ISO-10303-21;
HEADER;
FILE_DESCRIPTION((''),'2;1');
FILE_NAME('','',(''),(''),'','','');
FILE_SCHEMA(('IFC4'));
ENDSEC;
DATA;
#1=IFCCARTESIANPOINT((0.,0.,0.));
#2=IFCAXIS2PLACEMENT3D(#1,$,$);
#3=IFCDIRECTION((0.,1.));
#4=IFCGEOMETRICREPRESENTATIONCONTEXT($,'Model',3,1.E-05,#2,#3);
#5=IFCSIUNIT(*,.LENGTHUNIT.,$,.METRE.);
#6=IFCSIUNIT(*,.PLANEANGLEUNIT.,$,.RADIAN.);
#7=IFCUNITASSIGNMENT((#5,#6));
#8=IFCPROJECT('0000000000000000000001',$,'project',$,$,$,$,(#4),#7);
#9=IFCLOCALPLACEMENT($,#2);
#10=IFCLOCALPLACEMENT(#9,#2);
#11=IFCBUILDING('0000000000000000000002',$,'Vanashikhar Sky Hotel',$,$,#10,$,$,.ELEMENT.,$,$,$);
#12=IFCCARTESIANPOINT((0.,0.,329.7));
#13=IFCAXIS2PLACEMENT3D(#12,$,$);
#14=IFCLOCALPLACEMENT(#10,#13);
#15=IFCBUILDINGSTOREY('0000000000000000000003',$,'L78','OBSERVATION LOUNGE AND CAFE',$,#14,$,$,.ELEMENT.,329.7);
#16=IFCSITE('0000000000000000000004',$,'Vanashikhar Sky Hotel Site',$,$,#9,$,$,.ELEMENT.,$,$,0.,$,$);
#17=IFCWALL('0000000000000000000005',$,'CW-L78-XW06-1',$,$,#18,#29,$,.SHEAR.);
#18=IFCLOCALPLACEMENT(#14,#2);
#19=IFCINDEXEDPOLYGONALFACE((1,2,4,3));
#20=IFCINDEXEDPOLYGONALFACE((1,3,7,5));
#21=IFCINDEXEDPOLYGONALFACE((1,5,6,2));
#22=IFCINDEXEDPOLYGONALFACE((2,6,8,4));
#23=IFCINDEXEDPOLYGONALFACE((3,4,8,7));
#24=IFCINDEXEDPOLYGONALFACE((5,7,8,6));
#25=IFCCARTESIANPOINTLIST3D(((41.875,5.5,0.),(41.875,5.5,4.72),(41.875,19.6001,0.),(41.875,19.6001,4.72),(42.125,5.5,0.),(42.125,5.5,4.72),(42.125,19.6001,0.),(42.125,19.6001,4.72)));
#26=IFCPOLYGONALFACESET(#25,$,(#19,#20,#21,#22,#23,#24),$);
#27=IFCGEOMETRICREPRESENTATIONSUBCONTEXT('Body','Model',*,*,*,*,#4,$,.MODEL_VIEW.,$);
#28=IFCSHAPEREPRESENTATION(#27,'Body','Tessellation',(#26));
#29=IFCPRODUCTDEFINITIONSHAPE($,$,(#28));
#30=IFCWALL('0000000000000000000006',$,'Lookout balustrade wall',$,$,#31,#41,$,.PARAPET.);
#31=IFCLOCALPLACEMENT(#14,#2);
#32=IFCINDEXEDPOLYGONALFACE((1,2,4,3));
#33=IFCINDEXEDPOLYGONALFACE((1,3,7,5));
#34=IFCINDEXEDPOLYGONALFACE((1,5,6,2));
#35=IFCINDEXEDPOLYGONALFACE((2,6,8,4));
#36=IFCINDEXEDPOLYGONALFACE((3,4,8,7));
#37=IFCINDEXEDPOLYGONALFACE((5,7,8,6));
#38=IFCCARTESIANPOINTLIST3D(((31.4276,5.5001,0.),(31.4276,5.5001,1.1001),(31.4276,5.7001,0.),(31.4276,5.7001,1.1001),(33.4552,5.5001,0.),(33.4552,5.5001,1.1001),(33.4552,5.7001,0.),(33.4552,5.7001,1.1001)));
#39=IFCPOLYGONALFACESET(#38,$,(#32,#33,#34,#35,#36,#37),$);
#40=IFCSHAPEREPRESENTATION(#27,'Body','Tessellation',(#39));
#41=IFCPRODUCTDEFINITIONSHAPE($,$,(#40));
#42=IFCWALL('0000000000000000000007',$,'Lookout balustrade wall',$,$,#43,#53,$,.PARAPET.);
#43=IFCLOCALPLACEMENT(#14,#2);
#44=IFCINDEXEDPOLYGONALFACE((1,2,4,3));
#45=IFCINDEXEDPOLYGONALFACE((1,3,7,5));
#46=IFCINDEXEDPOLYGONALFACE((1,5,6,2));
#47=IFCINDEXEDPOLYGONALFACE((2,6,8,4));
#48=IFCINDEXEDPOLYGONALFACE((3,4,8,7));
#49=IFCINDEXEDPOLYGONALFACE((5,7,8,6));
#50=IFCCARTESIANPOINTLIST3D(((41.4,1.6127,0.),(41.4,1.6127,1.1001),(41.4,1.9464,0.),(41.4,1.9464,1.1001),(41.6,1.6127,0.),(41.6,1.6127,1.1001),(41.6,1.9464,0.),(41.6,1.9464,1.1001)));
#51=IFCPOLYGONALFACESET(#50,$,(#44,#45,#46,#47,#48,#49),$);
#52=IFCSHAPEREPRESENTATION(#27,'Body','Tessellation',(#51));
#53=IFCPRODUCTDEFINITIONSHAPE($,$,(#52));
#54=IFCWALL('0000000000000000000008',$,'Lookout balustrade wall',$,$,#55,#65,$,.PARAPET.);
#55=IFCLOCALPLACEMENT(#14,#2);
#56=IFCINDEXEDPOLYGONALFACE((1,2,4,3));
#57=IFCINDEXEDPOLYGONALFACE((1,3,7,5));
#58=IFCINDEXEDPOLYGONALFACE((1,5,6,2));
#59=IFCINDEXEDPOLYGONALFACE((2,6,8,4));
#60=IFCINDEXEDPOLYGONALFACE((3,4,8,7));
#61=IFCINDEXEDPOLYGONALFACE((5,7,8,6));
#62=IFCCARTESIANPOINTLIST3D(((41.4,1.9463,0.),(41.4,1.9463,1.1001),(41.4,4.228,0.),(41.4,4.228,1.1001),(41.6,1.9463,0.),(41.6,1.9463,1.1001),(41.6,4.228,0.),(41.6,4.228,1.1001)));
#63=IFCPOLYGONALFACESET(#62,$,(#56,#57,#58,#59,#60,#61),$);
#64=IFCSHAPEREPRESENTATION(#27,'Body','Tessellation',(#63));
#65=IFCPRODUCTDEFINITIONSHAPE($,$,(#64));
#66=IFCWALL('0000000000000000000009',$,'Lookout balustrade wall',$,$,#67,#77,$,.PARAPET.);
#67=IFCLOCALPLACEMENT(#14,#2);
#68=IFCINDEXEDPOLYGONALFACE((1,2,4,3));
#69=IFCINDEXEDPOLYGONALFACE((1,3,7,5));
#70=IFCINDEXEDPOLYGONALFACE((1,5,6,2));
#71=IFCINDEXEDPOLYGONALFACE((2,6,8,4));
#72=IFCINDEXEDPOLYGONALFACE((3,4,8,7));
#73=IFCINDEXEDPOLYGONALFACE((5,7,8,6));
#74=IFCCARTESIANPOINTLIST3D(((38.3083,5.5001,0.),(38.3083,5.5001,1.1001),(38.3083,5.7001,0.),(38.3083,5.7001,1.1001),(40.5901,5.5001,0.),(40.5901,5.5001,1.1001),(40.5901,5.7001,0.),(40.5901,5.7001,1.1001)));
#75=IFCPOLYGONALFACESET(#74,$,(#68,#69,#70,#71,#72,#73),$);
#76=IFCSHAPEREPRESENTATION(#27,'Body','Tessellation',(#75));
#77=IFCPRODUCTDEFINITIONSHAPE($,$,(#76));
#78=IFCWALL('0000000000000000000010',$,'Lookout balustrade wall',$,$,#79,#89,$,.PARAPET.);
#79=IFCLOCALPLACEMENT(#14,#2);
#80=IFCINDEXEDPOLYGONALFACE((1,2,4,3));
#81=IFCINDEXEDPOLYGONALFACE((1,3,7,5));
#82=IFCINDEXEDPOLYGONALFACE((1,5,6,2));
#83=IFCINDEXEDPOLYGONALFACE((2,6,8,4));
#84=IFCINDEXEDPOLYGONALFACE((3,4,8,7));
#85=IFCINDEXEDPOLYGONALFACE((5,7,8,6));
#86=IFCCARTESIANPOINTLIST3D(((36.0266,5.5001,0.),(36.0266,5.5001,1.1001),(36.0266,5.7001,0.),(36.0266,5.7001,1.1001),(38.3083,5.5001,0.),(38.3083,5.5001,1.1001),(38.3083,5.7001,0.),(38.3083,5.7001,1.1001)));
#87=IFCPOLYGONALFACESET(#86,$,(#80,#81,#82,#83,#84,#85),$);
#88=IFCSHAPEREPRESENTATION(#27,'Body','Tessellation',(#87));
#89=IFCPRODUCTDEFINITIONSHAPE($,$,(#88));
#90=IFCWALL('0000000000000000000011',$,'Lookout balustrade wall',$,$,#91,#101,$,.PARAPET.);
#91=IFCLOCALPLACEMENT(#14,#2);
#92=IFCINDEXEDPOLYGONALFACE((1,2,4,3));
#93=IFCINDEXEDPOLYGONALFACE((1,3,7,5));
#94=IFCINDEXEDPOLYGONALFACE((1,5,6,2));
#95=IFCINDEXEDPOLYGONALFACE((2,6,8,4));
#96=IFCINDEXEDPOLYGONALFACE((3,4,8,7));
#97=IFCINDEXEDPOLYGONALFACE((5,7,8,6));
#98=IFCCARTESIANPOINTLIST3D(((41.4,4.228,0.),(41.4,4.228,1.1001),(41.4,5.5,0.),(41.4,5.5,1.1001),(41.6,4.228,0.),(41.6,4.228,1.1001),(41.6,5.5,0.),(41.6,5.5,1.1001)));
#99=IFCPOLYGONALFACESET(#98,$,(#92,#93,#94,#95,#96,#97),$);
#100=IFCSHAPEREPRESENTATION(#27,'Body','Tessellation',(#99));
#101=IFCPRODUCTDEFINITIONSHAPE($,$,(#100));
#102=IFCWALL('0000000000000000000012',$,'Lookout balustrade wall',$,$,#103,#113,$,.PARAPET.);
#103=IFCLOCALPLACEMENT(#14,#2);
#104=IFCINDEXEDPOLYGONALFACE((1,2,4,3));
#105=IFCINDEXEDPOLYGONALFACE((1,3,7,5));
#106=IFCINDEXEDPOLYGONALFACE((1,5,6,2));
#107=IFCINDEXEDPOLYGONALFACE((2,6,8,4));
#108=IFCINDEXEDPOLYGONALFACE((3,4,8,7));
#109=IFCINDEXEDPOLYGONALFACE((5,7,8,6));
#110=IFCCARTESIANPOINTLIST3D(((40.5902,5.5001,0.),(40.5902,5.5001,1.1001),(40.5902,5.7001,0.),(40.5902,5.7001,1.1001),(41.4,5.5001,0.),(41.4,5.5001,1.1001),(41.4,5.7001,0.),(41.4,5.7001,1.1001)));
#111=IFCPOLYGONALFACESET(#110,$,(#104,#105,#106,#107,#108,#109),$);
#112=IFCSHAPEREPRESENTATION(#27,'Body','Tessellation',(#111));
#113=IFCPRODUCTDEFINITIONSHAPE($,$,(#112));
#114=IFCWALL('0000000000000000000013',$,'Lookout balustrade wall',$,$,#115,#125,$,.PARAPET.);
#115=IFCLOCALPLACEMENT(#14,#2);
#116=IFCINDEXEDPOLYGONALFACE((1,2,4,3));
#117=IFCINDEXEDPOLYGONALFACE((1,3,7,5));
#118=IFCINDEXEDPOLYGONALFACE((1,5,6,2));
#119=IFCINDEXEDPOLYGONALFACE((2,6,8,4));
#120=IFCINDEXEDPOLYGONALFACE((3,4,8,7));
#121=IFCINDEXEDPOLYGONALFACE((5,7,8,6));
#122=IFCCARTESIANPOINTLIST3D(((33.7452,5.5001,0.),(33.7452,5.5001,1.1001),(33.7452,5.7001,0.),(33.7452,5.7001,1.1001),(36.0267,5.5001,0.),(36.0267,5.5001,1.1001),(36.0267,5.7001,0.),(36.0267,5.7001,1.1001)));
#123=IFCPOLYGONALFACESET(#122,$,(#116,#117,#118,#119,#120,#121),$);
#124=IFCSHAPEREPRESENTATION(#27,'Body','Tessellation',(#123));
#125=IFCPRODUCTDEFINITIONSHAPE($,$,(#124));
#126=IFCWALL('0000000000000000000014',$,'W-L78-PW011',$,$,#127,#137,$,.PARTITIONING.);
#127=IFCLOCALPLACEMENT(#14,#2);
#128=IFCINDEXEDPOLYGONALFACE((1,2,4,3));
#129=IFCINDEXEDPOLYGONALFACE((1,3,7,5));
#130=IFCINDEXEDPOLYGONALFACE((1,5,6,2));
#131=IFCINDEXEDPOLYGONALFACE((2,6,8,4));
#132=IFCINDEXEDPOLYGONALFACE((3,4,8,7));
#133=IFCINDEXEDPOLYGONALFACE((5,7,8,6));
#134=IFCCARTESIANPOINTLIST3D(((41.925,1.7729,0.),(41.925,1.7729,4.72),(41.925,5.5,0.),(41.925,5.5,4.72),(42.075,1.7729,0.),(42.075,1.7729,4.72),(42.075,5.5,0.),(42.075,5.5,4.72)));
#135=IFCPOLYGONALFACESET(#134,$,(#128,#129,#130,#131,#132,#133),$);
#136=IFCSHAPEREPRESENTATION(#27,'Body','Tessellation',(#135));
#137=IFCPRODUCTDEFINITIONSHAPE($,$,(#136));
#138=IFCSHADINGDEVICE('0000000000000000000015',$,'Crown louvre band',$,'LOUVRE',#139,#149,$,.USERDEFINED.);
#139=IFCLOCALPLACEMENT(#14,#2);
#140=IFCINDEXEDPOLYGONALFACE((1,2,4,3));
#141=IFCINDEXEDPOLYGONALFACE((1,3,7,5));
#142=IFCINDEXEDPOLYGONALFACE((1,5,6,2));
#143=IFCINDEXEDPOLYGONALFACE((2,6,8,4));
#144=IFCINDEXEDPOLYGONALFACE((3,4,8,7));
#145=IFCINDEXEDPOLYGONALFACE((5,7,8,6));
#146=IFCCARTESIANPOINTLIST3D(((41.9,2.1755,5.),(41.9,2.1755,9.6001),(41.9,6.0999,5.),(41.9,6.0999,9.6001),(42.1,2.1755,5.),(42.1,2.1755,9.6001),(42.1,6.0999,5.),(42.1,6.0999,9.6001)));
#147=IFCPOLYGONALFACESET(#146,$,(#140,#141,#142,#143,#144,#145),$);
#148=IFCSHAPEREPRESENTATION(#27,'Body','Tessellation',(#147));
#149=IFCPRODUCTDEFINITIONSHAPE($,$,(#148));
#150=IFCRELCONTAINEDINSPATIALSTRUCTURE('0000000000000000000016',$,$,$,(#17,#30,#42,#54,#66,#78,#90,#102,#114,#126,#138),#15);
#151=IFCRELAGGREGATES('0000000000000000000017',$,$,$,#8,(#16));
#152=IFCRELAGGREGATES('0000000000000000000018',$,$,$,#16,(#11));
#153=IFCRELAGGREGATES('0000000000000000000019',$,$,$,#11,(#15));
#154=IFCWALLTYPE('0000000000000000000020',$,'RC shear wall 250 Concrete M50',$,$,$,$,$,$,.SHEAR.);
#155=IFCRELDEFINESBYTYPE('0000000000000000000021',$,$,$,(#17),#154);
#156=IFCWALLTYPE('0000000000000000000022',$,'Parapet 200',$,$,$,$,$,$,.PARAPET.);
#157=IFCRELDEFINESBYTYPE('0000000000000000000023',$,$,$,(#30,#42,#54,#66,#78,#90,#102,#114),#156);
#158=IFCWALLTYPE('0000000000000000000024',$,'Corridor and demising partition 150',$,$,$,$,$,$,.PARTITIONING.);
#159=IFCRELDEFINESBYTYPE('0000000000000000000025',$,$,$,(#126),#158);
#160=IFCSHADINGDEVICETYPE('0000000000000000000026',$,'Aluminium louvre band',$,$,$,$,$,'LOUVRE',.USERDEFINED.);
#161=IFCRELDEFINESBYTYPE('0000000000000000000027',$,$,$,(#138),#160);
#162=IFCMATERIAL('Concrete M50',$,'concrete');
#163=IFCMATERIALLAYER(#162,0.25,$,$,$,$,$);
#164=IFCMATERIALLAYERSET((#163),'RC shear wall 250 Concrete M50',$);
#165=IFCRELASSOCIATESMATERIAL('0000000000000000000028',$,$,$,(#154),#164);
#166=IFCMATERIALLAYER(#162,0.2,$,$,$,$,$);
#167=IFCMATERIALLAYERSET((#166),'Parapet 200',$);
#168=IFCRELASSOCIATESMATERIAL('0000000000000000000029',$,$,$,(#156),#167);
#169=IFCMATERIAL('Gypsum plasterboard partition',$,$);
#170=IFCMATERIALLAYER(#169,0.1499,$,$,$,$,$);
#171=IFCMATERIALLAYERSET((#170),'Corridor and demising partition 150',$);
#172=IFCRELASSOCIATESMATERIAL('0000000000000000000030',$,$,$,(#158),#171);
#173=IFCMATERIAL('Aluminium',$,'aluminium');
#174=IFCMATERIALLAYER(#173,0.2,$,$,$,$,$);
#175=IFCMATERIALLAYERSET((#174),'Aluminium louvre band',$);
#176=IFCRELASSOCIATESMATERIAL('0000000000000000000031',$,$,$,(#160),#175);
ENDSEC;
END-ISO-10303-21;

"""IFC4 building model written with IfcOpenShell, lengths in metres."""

from ifc_helpers import new_model, si_unit, direction, frame, frame_2d, origin, origin_2d, place, context, subcontext, project, spatial, rectangle, extrude, source, transform, mapped, material, layer, layer_set, type_object, element, save


model = new_model("IFC4")

# Units and contexts
model_context = context("Model", 3, precision=1e-05, world=origin(), true_north=direction((0.0, 1.0)))
body_context = subcontext(model_context, "Body", "Model", "MODEL_VIEW")
ifc_project = project(units=[si_unit("LENGTHUNIT", "METRE"), si_unit("PLANEANGLEUNIT", "RADIAN")], contexts=[model_context])

# Site, building, storey
site_placement = place(None, origin())
site = spatial("IfcSite", under=ifc_project, at=site_placement, Name="Vanashikhar Sky Hotel Site", CompositionType="ELEMENT", RefElevation=0.0)
building_placement = place(site_placement, origin())
building = spatial("IfcBuilding", under=site, at=building_placement, Name="Vanashikhar Sky Hotel", CompositionType="ELEMENT")
storey_placement = place(building_placement, frame((0.0, 0.0, 329.7)))
storey = spatial("IfcBuildingStorey", under=building, at=storey_placement, Name="L78", Description="OBSERVATION LOUNGE AND CAFE", CompositionType="ELEMENT", Elevation=329.7)

# Walls
ifc_material_1 = material(Name="Concrete M50", Category="concrete")
ifc_layer_1 = layer(ifc_material_1, 0.25)
ifc_layer_set_1 = layer_set([ifc_layer_1], Name="RC shear wall 250 Concrete M50")
wall_type_1 = type_object("IfcWallType", Name="RC shear wall 250 Concrete M50", PredefinedType="SHEAR", material=ifc_layer_set_1)
shared_shape_1 = source(origin(), body_context, "Body", "SweptSolid", [
    extrude(rectangle(XDim=14.1001, YDim=0.25, at=frame_2d((7.05, 0.0))), origin(), (0.0, 0.0, 1.0), 4.72),
])
for number, where, z_axis, x_axis, name in (
    (1, (42.0, 5.5, 0.0), (0.0, 0.0, 1.0), (0.0, 1.0, 0.0), "CW-L78-XW06-1"),
):
    element("IfcWall", number, at=place(storey_placement, frame(where, z_axis=z_axis, x_axis=x_axis)), inside=storey, type_object=wall_type_1, Name=name, PredefinedType="SHEAR", context=body_context, shape_type="MappedRepresentation", body=[
        mapped(shared_shape_1, transform((0.0, 0.0, 0.0), scale=1.0)),
    ])
ifc_layer_2 = layer(ifc_material_1, 0.2)
ifc_layer_set_2 = layer_set([ifc_layer_2], Name="Parapet 200")
wall_type_2 = type_object("IfcWallType", Name="Parapet 200", PredefinedType="PARAPET", material=ifc_layer_set_2)
shared_shape_2 = source(origin(), body_context, "Body", "SweptSolid", [
    extrude(rectangle(XDim=2.0276, YDim=0.2, at=frame_2d((1.0137, 0.0))), origin(), (0.0, 0.0, 1.0), 1.1001),
])
wall_1_placement = place(storey_placement, frame((33.4551, 5.6001, 0.0), z_axis=(0.0, 0.0, 1.0), x_axis=(-1.0, 0.0, 0.0)))
element("IfcWall", 2, at=wall_1_placement, inside=storey, type_object=wall_type_2, Name="Lookout balustrade wall", PredefinedType="PARAPET", context=body_context, shape_type="MappedRepresentation", body=[
    mapped(shared_shape_2, transform((0.0, 0.0, 0.0), scale=1.0)),
])
shared_shape_3 = source(origin(), body_context, "Body", "SweptSolid", [
    extrude(rectangle(XDim=0.3337, YDim=0.2, at=frame_2d((0.167, 0.0))), origin(), (0.0, 0.0, 1.0), 1.1001),
])
wall_2_placement = place(storey_placement, frame((41.5, 1.6125, 0.0), z_axis=(0.0, 0.0, 1.0), x_axis=(0.0, 1.0, 0.0)))
element("IfcWall", 3, at=wall_2_placement, inside=storey, type_object=wall_type_2, Name="Lookout balustrade wall", PredefinedType="PARAPET", context=body_context, shape_type="MappedRepresentation", body=[
    mapped(shared_shape_3, transform((0.0, 0.0, 0.0), scale=1.0)),
])
shared_shape_4 = source(origin(), body_context, "Body", "SweptSolid", [
    extrude(rectangle(XDim=2.2817, YDim=0.2, at=frame_2d((1.1409, 0.0))), origin(), (0.0, 0.0, 1.0), 1.1001),
])
for number, where, z_axis, x_axis, name in (
    (4, (41.5, 1.9463, 0.0), (0.0, 0.0, 1.0), (0.0, 1.0, 0.0), "Lookout balustrade wall"),
    (5, (40.5901, 5.6001, 0.0), (0.0, 0.0, 1.0), (-1.0, 0.0, 0.0), "Lookout balustrade wall"),
    (6, (38.3083, 5.6001, 0.0), (0.0, 0.0, 1.0), (-1.0, 0.0, 0.0), "Lookout balustrade wall"),
):
    element("IfcWall", number, at=place(storey_placement, frame(where, z_axis=z_axis, x_axis=x_axis)), inside=storey, type_object=wall_type_2, Name=name, PredefinedType="PARAPET", context=body_context, shape_type="MappedRepresentation", body=[
        mapped(shared_shape_4, transform((0.0, 0.0, 0.0), scale=1.0)),
    ])
shared_shape_5 = source(origin(), body_context, "Body", "SweptSolid", [
    extrude(rectangle(XDim=1.272, YDim=0.2, at=frame_2d((0.636, 0.0))), origin(), (0.0, 0.0, 1.0), 1.1001),
])
wall_3_placement = place(storey_placement, frame((41.5, 4.228, 0.0), z_axis=(0.0, 0.0, 1.0), x_axis=(0.0, 1.0, 0.0)))
element("IfcWall", 7, at=wall_3_placement, inside=storey, type_object=wall_type_2, Name="Lookout balustrade wall", PredefinedType="PARAPET", context=body_context, shape_type="MappedRepresentation", body=[
    mapped(shared_shape_5, transform((0.0, 0.0, 0.0), scale=1.0)),
])
shared_shape_6 = source(origin(), body_context, "Body", "SweptSolid", [
    extrude(rectangle(XDim=0.8098, YDim=0.2, at=frame_2d((0.4048, 0.0))), origin(), (0.0, 0.0, 1.0), 1.1001),
])
wall_4_placement = place(storey_placement, frame((41.3999, 5.6001, 0.0), z_axis=(0.0, 0.0, 1.0), x_axis=(-1.0, 0.0, 0.0)))
element("IfcWall", 8, at=wall_4_placement, inside=storey, type_object=wall_type_2, Name="Lookout balustrade wall", PredefinedType="PARAPET", context=body_context, shape_type="MappedRepresentation", body=[
    mapped(shared_shape_6, transform((0.0, 0.0, 0.0), scale=1.0)),
])
shared_shape_7 = source(origin(), body_context, "Body", "SweptSolid", [
    extrude(rectangle(XDim=2.2815, YDim=0.2, at=frame_2d((1.1406, 0.0))), origin(), (0.0, 0.0, 1.0), 1.1001),
])
wall_5_placement = place(storey_placement, frame((36.0266, 5.6001, 0.0), z_axis=(0.0, 0.0, 1.0), x_axis=(-1.0, 0.0, 0.0)))
element("IfcWall", 9, at=wall_5_placement, inside=storey, type_object=wall_type_2, Name="Lookout balustrade wall", PredefinedType="PARAPET", context=body_context, shape_type="MappedRepresentation", body=[
    mapped(shared_shape_7, transform((0.0, 0.0, 0.0), scale=1.0)),
])
ifc_material_2 = material(Name="Gypsum plasterboard partition")
ifc_layer_3 = layer(ifc_material_2, 0.1499)
ifc_layer_set_3 = layer_set([ifc_layer_3], Name="Corridor and demising partition 150")
wall_type_3 = type_object("IfcWallType", Name="Corridor and demising partition 150", PredefinedType="PARTITIONING", material=ifc_layer_set_3)
shared_shape_8 = source(origin(), body_context, "Body", "SweptSolid", [
    extrude(rectangle(XDim=3.7271, YDim=0.1499, at=frame_2d((1.8635, 0.0))), origin(), (0.0, 0.0, 1.0), 4.72),
])
wall_6_placement = place(storey_placement, frame((42.0, 1.7729, 0.0), z_axis=(0.0, 0.0, 1.0), x_axis=(0.0, 1.0, 0.0)))
element("IfcWall", 10, at=wall_6_placement, inside=storey, type_object=wall_type_3, Name="W-L78-PW011", PredefinedType="PARTITIONING", context=body_context, shape_type="MappedRepresentation", body=[
    mapped(shared_shape_8, transform((0.0, 0.0, 0.0), scale=1.0)),
])

# Shading device
ifc_material_3 = material(Name="Aluminium", Category="aluminium")
ifc_layer_4 = layer(ifc_material_3, 0.2)
ifc_layer_set_4 = layer_set([ifc_layer_4], Name="Aluminium louvre band")
shading_device_type = type_object("IfcShadingDeviceType", Name="Aluminium louvre band", ElementType="LOUVRE", PredefinedType="USERDEFINED", material=ifc_layer_set_4)
shared_shape_9 = source(origin(), body_context, "Body", "SweptSolid", [
    extrude(rectangle(XDim=3.9243, YDim=0.2, at=origin_2d()), origin(), (0.0, 0.0, 1.0), 4.6001),
])
shading_device_placement = place(storey_placement, frame((42.0, 4.1377, 5.0), z_axis=(0.0, 0.0, 1.0), x_axis=(0.0, 1.0, 0.0)))
element("IfcShadingDevice", 11, at=shading_device_placement, inside=storey, type_object=shading_device_type, Name="Crown louvre band", ObjectType="LOUVRE", PredefinedType="USERDEFINED", context=body_context, shape_type="MappedRepresentation", body=[
    mapped(shared_shape_9, transform((0.0, 0.0, 0.0), scale=1.0)),
])

save(model, "model.ifc")
